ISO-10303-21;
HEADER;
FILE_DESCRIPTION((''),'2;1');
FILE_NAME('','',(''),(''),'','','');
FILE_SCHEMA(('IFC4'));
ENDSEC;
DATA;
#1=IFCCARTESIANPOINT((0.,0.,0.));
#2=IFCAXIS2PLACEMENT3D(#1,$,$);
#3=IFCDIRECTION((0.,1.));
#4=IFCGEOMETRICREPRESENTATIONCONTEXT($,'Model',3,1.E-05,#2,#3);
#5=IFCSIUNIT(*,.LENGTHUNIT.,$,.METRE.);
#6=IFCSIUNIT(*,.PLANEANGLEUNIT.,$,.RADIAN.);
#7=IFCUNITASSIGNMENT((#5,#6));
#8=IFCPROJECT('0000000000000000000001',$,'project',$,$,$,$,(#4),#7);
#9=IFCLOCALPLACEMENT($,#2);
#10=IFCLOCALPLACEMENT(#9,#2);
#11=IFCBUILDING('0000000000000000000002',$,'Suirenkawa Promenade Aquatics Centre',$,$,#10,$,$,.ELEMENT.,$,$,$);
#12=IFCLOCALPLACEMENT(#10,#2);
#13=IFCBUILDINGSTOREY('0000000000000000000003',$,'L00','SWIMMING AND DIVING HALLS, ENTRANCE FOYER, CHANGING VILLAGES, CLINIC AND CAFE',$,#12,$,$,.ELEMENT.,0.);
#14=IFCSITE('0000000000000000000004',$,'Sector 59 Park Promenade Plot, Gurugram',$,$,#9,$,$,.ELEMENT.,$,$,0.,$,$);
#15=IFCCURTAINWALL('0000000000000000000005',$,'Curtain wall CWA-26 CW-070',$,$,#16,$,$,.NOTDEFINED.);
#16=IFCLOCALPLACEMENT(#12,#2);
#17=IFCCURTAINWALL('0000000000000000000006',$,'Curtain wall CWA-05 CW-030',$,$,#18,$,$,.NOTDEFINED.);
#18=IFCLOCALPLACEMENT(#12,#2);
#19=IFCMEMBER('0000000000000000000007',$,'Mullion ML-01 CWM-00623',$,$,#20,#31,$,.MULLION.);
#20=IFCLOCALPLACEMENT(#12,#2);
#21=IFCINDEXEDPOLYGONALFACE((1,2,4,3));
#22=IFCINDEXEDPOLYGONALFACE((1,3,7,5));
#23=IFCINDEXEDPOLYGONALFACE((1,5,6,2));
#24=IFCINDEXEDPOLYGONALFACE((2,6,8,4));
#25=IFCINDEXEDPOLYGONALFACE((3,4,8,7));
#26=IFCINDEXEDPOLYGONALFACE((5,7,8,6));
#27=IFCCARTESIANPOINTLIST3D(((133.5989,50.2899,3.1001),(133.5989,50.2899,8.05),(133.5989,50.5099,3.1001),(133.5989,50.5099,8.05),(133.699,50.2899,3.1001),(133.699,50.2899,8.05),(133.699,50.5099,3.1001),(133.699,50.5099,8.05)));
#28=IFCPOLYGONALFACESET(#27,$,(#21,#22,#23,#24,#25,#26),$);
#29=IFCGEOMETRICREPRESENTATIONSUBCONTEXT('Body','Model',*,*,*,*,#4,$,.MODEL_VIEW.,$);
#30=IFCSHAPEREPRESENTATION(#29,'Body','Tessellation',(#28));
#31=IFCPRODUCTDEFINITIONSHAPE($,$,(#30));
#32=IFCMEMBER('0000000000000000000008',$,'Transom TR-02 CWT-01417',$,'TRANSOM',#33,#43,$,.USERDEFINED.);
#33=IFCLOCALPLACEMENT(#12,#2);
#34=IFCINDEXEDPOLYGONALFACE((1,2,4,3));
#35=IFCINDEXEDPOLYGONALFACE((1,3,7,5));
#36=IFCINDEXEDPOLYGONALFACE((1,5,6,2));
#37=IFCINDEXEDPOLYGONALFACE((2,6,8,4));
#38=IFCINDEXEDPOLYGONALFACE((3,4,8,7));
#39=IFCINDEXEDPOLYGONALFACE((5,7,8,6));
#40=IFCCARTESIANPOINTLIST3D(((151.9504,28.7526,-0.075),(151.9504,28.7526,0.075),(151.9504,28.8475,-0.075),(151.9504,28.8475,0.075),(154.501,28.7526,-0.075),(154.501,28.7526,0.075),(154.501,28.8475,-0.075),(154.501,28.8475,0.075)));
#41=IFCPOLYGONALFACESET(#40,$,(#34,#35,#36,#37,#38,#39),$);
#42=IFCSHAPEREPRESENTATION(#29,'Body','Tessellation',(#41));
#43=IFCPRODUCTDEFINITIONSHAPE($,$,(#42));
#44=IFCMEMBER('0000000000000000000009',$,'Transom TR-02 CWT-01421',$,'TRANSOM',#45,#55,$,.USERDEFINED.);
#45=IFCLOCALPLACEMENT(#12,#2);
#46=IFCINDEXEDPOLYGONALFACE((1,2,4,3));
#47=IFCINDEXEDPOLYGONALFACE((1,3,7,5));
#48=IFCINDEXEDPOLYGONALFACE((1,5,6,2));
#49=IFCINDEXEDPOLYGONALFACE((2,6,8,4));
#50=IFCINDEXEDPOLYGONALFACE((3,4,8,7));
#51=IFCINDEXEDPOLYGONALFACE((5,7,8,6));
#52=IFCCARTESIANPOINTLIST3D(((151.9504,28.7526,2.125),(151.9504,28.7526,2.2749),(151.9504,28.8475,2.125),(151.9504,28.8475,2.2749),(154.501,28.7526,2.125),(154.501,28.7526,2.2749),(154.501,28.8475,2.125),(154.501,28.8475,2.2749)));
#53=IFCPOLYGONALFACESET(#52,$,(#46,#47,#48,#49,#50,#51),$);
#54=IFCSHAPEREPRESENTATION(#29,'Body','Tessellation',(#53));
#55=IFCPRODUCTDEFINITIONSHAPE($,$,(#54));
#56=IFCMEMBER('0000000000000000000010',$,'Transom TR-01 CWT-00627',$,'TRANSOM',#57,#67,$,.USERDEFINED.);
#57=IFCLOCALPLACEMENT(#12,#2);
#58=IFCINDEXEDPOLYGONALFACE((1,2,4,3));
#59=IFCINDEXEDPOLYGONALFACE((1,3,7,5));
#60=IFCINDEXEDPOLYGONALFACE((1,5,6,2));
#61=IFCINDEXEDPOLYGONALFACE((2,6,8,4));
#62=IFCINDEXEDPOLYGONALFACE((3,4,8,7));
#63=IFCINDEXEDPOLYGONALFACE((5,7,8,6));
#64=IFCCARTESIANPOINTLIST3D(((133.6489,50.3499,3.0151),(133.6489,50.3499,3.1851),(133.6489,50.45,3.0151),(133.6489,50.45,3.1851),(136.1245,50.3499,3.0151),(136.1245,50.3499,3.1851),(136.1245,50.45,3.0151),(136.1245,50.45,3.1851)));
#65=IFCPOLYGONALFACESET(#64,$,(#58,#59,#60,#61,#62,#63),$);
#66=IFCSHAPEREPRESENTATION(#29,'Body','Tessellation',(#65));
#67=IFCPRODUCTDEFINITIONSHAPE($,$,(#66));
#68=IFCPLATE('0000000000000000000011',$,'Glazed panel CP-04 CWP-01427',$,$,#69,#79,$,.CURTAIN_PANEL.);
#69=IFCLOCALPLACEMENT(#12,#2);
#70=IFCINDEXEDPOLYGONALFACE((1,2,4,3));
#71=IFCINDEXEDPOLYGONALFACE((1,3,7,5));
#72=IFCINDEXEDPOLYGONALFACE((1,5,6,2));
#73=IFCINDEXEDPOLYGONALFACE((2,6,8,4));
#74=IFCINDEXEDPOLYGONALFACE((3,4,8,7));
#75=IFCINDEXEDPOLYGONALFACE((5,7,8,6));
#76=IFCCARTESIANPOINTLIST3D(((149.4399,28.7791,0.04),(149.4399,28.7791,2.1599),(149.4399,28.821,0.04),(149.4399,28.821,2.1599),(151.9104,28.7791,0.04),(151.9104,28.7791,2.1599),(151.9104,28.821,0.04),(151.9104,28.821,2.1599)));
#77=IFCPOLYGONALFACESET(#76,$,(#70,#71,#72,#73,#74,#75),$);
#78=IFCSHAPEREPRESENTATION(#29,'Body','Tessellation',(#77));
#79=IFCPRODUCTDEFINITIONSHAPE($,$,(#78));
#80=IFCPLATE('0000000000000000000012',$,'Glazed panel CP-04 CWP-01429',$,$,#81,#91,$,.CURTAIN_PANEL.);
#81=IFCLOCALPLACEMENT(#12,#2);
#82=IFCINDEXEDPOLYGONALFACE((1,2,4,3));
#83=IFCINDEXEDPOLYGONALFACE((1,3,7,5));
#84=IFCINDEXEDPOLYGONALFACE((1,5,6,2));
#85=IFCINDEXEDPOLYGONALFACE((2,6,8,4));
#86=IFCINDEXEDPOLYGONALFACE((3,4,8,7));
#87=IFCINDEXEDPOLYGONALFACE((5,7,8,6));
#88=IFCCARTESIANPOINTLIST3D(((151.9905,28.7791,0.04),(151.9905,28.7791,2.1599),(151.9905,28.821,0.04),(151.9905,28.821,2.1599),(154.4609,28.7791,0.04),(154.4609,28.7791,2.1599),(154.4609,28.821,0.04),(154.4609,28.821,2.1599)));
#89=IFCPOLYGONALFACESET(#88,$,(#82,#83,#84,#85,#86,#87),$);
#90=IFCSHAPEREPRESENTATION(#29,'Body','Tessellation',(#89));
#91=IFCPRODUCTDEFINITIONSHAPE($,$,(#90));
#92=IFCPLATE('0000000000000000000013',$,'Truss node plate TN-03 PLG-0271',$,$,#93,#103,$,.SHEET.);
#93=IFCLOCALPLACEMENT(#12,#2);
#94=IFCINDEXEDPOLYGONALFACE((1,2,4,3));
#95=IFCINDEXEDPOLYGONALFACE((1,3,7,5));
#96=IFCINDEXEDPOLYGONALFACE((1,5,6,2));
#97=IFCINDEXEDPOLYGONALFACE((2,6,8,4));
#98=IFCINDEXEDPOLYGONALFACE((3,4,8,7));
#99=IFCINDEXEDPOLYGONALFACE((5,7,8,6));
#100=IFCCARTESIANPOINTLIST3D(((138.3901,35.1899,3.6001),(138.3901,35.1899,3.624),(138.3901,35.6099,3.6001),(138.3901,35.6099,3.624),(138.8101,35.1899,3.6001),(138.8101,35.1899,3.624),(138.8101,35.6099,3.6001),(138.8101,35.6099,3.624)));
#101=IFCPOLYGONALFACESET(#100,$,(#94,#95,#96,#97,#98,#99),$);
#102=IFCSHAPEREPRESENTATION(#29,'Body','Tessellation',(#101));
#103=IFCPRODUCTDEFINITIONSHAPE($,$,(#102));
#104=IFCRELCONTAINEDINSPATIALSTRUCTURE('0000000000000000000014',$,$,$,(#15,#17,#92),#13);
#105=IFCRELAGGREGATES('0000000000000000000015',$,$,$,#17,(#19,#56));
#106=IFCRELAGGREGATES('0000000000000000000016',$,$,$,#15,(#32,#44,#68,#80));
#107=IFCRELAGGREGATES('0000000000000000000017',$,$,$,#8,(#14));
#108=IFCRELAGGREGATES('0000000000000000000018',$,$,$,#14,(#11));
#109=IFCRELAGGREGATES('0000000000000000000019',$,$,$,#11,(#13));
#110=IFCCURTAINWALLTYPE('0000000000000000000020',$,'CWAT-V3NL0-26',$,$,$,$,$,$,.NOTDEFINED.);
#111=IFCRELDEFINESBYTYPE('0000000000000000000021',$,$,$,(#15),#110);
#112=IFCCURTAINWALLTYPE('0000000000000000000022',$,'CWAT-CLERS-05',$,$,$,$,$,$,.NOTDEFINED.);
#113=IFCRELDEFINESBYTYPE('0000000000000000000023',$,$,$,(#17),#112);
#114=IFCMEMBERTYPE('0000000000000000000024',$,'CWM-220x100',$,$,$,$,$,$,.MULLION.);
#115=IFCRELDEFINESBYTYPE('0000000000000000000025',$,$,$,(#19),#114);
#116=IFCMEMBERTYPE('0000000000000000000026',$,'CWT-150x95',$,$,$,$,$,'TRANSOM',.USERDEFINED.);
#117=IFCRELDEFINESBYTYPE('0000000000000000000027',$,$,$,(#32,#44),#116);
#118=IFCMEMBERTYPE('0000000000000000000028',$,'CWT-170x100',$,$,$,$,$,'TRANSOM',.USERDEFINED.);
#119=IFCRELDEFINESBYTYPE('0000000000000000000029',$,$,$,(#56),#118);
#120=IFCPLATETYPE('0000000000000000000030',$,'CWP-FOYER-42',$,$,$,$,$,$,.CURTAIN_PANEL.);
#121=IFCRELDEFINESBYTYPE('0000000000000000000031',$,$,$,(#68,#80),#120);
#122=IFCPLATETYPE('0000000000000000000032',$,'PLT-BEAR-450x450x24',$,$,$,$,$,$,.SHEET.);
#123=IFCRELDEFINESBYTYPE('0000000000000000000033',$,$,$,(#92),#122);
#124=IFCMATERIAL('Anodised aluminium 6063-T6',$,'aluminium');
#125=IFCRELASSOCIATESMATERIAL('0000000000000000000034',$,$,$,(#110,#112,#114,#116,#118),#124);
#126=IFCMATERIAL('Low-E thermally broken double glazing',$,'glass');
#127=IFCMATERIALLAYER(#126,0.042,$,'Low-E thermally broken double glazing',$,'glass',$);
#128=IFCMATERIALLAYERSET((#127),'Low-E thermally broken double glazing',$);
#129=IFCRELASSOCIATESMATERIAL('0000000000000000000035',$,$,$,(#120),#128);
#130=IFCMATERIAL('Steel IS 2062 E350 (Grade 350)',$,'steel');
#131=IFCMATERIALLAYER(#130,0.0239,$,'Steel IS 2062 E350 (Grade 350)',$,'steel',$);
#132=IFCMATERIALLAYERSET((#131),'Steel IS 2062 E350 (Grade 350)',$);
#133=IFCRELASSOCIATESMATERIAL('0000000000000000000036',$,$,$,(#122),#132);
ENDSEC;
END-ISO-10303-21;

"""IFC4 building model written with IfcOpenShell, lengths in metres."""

from ifc_helpers import new_model, si_unit, direction, frame, origin, origin_2d, place, context, subcontext, project, spatial, polyline, rectangle, outline, extrude, material, layer, layer_set, material_profile, profile_set, type_object, element, aggregate, save


model = new_model("IFC4")

# Units and contexts
model_context = context("Model", 3, precision=1e-05, world=origin(), true_north=direction((0.0, 1.0)))
body_context = subcontext(model_context, "Body", "Model", "MODEL_VIEW")
ifc_project = project(units=[si_unit("LENGTHUNIT", "METRE"), si_unit("PLANEANGLEUNIT", "RADIAN")], contexts=[model_context])

# Site, building, storey
site_placement = place(None, origin())
site = spatial("IfcSite", under=ifc_project, at=site_placement, Name="Sector 59 Park Promenade Plot, Gurugram", CompositionType="ELEMENT", RefElevation=0.0)
building_placement = place(site_placement, origin())
building = spatial("IfcBuilding", under=site, at=building_placement, Name="Suirenkawa Promenade Aquatics Centre", CompositionType="ELEMENT")
storey_placement = place(building_placement, origin())
storey = spatial("IfcBuildingStorey", under=building, at=storey_placement, Name="L00", Description="SWIMMING AND DIVING HALLS, ENTRANCE FOYER, CHANGING VILLAGES, CLINIC AND CAFE", CompositionType="ELEMENT", Elevation=0.0)

# Shared definitions
ifc_material_1 = material(Name="Steel IS 2062 E350 (Grade 350)", Category="steel")

# Curtain walls, member
ifc_material_2 = material(Name="Anodised aluminium 6063-T6", Category="aluminium")
curtain_wall_type_1 = type_object("IfcCurtainWallType", Name="CWAT-V3NL0-26", PredefinedType="NOTDEFINED", material=ifc_material_2)
curtain_wall_1_placement = place(storey_placement, origin())
curtain_wall_1 = element("IfcCurtainWall", 1, at=curtain_wall_1_placement, inside=storey, type_object=curtain_wall_type_1, Name="Curtain wall CWA-26 CW-070", PredefinedType="NOTDEFINED")
curtain_wall_type_2 = type_object("IfcCurtainWallType", Name="CWAT-CLERS-05", PredefinedType="NOTDEFINED", material=ifc_material_2)
curtain_wall_2_placement = place(storey_placement, origin())
curtain_wall_2 = element("IfcCurtainWall", 2, at=curtain_wall_2_placement, inside=storey, type_object=curtain_wall_type_2, Name="Curtain wall CWA-05 CW-030", PredefinedType="NOTDEFINED")
ifc_material_profile_1 = material_profile(ifc_material_2, rectangle(XDim=0.1001, YDim=0.22, at=origin_2d()), Name="ALU MULL 100x220", Category="aluminium")
ifc_profile_set_1 = profile_set([ifc_material_profile_1], Name="Anodised aluminium 6063-T6")
member_type_1 = type_object("IfcMemberType", Name="CWM-220x100", PredefinedType="MULLION", material=ifc_profile_set_1)
member_1_placement = place(storey_placement, frame((133.6489, 50.3999, 3.1001), z_axis=(0.0, 0.0, 1.0), x_axis=(-1.0, 0.0, 0.0)))
member_1 = element("IfcMember", 3, at=member_1_placement, type_object=member_type_1, Name="Mullion ML-01 CWM-00623", PredefinedType="MULLION", context=body_context, shape_type="SweptSolid", body=[
    extrude(rectangle(XDim=0.1001, YDim=0.22, at=origin_2d()), origin(), (0.0, 0.0, 1.0), 4.95),
])

# Members
ifc_material_profile_2 = material_profile(ifc_material_2, rectangle(XDim=0.095, YDim=0.1499, at=origin_2d()), Name="ALU TRAN 95x150", Category="aluminium")
ifc_profile_set_2 = profile_set([ifc_material_profile_2], Name="Anodised aluminium 6063-T6")
member_type_2 = type_object("IfcMemberType", Name="CWT-150x95", ElementType="TRANSOM", PredefinedType="USERDEFINED", material=ifc_profile_set_2)
member_2_placement = place(storey_placement, frame((151.9504, 28.8, 0.0), z_axis=(1.0, 0.0, 0.0), x_axis=(0.0, 1.0, 0.0)))
member_2 = element("IfcMember", 4, at=member_2_placement, type_object=member_type_2, Name="Transom TR-02 CWT-01417", ObjectType="TRANSOM", PredefinedType="USERDEFINED", context=body_context, shape_type="SweptSolid", body=[
    extrude(rectangle(XDim=0.095, YDim=0.1499, at=origin_2d()), origin(), (0.0, 0.0, 1.0), 2.5505),
])
member_3_placement = place(storey_placement, frame((151.9504, 28.8, 2.2), z_axis=(1.0, 0.0, 0.0), x_axis=(0.0, 1.0, 0.0)))
member_3 = element("IfcMember", 5, at=member_3_placement, type_object=member_type_2, Name="Transom TR-02 CWT-01421", ObjectType="TRANSOM", PredefinedType="USERDEFINED", context=body_context, shape_type="SweptSolid", body=[
    extrude(rectangle(XDim=0.095, YDim=0.1499, at=origin_2d()), origin(), (0.0, 0.0, 1.0), 2.5505),
])
ifc_material_profile_3 = material_profile(ifc_material_2, rectangle(XDim=0.1001, YDim=0.1699, at=origin_2d()), Name="ALU TRAN 100x170", Category="aluminium")
ifc_profile_set_3 = profile_set([ifc_material_profile_3], Name="Anodised aluminium 6063-T6")
member_type_3 = type_object("IfcMemberType", Name="CWT-170x100", ElementType="TRANSOM", PredefinedType="USERDEFINED", material=ifc_profile_set_3)
member_4_placement = place(storey_placement, frame((136.1245, 50.3999, 3.1001), z_axis=(-1.0, 0.0, 0.0), x_axis=(0.0, -1.0, 0.0)))
member_4 = element("IfcMember", 6, at=member_4_placement, type_object=member_type_3, Name="Transom TR-01 CWT-00627", ObjectType="TRANSOM", PredefinedType="USERDEFINED", context=body_context, shape_type="SweptSolid", body=[
    extrude(rectangle(XDim=0.1001, YDim=0.1699, at=origin_2d()), origin(), (0.0, 0.0, 1.0), 2.4756),
])
aggregate(curtain_wall_2, [member_1, member_4])

# Plates
ifc_material_3 = material(Name="Low-E thermally broken double glazing", Category="glass")
ifc_layer_1 = layer(ifc_material_3, 0.042, Name="Low-E thermally broken double glazing", Category="glass")
ifc_layer_set_1 = layer_set([ifc_layer_1], Name="Low-E thermally broken double glazing")
plate_type_1 = type_object("IfcPlateType", Name="CWP-FOYER-42", PredefinedType="CURTAIN_PANEL", material=ifc_layer_set_1)
plate_1_placement = place(storey_placement, frame((149.3999, 28.8, 0.04), z_axis=(0.0, 0.0, 1.0), x_axis=(1.0, 0.0, 0.0)))
plate_1 = element("IfcPlate", 7, at=plate_1_placement, type_object=plate_type_1, Name="Glazed panel CP-04 CWP-01427", PredefinedType="CURTAIN_PANEL", context=body_context, shape_type="SweptSolid", body=[
    extrude(outline(polyline([(0.04, 0.0), (2.5105, 0.0), (2.5105, 2.1199), (0.04, 2.1199), (0.04, 0.0)])), frame((0.0, 0.021, 0.0), z_axis=(0.0, -1.0, 0.0), x_axis=(1.0, 0.0, 0.0)), (0.0, 0.0, 1.0), 0.042),
])
plate_2_placement = place(storey_placement, frame((151.9504, 28.8, 0.04), z_axis=(0.0, 0.0, 1.0), x_axis=(1.0, 0.0, 0.0)))
plate_2 = element("IfcPlate", 8, at=plate_2_placement, type_object=plate_type_1, Name="Glazed panel CP-04 CWP-01429", PredefinedType="CURTAIN_PANEL", context=body_context, shape_type="SweptSolid", body=[
    extrude(outline(polyline([(0.04, 0.0), (2.5105, 0.0), (2.5105, 2.1199), (0.04, 2.1199), (0.04, 0.0)])), frame((0.0, 0.021, 0.0), z_axis=(0.0, -1.0, 0.0), x_axis=(1.0, 0.0, 0.0)), (0.0, 0.0, 1.0), 0.042),
])
aggregate(curtain_wall_1, [member_2, member_3, plate_1, plate_2])
ifc_layer_2 = layer(ifc_material_1, 0.0239, Name="Steel IS 2062 E350 (Grade 350)", Category="steel")
ifc_layer_set_2 = layer_set([ifc_layer_2], Name="Steel IS 2062 E350 (Grade 350)")
plate_type_2 = type_object("IfcPlateType", Name="PLT-BEAR-450x450x24", PredefinedType="SHEET", material=ifc_layer_set_2)
plate_3_placement = place(storey_placement, frame((138.6001, 35.3999, 3.6001), z_axis=(0.0, 0.0, 1.0), x_axis=(1.0, 0.0, 0.0)))
element("IfcPlate", 9, at=plate_3_placement, inside=storey, type_object=plate_type_2, Name="Truss node plate TN-03 PLG-0271", PredefinedType="SHEET", context=body_context, shape_type="SweptSolid", body=[
    extrude(rectangle(XDim=0.4199, YDim=0.4199, at=origin_2d()), origin(), (0.0, 0.0, 1.0), 0.0239),
])

save(model, "model.ifc")
